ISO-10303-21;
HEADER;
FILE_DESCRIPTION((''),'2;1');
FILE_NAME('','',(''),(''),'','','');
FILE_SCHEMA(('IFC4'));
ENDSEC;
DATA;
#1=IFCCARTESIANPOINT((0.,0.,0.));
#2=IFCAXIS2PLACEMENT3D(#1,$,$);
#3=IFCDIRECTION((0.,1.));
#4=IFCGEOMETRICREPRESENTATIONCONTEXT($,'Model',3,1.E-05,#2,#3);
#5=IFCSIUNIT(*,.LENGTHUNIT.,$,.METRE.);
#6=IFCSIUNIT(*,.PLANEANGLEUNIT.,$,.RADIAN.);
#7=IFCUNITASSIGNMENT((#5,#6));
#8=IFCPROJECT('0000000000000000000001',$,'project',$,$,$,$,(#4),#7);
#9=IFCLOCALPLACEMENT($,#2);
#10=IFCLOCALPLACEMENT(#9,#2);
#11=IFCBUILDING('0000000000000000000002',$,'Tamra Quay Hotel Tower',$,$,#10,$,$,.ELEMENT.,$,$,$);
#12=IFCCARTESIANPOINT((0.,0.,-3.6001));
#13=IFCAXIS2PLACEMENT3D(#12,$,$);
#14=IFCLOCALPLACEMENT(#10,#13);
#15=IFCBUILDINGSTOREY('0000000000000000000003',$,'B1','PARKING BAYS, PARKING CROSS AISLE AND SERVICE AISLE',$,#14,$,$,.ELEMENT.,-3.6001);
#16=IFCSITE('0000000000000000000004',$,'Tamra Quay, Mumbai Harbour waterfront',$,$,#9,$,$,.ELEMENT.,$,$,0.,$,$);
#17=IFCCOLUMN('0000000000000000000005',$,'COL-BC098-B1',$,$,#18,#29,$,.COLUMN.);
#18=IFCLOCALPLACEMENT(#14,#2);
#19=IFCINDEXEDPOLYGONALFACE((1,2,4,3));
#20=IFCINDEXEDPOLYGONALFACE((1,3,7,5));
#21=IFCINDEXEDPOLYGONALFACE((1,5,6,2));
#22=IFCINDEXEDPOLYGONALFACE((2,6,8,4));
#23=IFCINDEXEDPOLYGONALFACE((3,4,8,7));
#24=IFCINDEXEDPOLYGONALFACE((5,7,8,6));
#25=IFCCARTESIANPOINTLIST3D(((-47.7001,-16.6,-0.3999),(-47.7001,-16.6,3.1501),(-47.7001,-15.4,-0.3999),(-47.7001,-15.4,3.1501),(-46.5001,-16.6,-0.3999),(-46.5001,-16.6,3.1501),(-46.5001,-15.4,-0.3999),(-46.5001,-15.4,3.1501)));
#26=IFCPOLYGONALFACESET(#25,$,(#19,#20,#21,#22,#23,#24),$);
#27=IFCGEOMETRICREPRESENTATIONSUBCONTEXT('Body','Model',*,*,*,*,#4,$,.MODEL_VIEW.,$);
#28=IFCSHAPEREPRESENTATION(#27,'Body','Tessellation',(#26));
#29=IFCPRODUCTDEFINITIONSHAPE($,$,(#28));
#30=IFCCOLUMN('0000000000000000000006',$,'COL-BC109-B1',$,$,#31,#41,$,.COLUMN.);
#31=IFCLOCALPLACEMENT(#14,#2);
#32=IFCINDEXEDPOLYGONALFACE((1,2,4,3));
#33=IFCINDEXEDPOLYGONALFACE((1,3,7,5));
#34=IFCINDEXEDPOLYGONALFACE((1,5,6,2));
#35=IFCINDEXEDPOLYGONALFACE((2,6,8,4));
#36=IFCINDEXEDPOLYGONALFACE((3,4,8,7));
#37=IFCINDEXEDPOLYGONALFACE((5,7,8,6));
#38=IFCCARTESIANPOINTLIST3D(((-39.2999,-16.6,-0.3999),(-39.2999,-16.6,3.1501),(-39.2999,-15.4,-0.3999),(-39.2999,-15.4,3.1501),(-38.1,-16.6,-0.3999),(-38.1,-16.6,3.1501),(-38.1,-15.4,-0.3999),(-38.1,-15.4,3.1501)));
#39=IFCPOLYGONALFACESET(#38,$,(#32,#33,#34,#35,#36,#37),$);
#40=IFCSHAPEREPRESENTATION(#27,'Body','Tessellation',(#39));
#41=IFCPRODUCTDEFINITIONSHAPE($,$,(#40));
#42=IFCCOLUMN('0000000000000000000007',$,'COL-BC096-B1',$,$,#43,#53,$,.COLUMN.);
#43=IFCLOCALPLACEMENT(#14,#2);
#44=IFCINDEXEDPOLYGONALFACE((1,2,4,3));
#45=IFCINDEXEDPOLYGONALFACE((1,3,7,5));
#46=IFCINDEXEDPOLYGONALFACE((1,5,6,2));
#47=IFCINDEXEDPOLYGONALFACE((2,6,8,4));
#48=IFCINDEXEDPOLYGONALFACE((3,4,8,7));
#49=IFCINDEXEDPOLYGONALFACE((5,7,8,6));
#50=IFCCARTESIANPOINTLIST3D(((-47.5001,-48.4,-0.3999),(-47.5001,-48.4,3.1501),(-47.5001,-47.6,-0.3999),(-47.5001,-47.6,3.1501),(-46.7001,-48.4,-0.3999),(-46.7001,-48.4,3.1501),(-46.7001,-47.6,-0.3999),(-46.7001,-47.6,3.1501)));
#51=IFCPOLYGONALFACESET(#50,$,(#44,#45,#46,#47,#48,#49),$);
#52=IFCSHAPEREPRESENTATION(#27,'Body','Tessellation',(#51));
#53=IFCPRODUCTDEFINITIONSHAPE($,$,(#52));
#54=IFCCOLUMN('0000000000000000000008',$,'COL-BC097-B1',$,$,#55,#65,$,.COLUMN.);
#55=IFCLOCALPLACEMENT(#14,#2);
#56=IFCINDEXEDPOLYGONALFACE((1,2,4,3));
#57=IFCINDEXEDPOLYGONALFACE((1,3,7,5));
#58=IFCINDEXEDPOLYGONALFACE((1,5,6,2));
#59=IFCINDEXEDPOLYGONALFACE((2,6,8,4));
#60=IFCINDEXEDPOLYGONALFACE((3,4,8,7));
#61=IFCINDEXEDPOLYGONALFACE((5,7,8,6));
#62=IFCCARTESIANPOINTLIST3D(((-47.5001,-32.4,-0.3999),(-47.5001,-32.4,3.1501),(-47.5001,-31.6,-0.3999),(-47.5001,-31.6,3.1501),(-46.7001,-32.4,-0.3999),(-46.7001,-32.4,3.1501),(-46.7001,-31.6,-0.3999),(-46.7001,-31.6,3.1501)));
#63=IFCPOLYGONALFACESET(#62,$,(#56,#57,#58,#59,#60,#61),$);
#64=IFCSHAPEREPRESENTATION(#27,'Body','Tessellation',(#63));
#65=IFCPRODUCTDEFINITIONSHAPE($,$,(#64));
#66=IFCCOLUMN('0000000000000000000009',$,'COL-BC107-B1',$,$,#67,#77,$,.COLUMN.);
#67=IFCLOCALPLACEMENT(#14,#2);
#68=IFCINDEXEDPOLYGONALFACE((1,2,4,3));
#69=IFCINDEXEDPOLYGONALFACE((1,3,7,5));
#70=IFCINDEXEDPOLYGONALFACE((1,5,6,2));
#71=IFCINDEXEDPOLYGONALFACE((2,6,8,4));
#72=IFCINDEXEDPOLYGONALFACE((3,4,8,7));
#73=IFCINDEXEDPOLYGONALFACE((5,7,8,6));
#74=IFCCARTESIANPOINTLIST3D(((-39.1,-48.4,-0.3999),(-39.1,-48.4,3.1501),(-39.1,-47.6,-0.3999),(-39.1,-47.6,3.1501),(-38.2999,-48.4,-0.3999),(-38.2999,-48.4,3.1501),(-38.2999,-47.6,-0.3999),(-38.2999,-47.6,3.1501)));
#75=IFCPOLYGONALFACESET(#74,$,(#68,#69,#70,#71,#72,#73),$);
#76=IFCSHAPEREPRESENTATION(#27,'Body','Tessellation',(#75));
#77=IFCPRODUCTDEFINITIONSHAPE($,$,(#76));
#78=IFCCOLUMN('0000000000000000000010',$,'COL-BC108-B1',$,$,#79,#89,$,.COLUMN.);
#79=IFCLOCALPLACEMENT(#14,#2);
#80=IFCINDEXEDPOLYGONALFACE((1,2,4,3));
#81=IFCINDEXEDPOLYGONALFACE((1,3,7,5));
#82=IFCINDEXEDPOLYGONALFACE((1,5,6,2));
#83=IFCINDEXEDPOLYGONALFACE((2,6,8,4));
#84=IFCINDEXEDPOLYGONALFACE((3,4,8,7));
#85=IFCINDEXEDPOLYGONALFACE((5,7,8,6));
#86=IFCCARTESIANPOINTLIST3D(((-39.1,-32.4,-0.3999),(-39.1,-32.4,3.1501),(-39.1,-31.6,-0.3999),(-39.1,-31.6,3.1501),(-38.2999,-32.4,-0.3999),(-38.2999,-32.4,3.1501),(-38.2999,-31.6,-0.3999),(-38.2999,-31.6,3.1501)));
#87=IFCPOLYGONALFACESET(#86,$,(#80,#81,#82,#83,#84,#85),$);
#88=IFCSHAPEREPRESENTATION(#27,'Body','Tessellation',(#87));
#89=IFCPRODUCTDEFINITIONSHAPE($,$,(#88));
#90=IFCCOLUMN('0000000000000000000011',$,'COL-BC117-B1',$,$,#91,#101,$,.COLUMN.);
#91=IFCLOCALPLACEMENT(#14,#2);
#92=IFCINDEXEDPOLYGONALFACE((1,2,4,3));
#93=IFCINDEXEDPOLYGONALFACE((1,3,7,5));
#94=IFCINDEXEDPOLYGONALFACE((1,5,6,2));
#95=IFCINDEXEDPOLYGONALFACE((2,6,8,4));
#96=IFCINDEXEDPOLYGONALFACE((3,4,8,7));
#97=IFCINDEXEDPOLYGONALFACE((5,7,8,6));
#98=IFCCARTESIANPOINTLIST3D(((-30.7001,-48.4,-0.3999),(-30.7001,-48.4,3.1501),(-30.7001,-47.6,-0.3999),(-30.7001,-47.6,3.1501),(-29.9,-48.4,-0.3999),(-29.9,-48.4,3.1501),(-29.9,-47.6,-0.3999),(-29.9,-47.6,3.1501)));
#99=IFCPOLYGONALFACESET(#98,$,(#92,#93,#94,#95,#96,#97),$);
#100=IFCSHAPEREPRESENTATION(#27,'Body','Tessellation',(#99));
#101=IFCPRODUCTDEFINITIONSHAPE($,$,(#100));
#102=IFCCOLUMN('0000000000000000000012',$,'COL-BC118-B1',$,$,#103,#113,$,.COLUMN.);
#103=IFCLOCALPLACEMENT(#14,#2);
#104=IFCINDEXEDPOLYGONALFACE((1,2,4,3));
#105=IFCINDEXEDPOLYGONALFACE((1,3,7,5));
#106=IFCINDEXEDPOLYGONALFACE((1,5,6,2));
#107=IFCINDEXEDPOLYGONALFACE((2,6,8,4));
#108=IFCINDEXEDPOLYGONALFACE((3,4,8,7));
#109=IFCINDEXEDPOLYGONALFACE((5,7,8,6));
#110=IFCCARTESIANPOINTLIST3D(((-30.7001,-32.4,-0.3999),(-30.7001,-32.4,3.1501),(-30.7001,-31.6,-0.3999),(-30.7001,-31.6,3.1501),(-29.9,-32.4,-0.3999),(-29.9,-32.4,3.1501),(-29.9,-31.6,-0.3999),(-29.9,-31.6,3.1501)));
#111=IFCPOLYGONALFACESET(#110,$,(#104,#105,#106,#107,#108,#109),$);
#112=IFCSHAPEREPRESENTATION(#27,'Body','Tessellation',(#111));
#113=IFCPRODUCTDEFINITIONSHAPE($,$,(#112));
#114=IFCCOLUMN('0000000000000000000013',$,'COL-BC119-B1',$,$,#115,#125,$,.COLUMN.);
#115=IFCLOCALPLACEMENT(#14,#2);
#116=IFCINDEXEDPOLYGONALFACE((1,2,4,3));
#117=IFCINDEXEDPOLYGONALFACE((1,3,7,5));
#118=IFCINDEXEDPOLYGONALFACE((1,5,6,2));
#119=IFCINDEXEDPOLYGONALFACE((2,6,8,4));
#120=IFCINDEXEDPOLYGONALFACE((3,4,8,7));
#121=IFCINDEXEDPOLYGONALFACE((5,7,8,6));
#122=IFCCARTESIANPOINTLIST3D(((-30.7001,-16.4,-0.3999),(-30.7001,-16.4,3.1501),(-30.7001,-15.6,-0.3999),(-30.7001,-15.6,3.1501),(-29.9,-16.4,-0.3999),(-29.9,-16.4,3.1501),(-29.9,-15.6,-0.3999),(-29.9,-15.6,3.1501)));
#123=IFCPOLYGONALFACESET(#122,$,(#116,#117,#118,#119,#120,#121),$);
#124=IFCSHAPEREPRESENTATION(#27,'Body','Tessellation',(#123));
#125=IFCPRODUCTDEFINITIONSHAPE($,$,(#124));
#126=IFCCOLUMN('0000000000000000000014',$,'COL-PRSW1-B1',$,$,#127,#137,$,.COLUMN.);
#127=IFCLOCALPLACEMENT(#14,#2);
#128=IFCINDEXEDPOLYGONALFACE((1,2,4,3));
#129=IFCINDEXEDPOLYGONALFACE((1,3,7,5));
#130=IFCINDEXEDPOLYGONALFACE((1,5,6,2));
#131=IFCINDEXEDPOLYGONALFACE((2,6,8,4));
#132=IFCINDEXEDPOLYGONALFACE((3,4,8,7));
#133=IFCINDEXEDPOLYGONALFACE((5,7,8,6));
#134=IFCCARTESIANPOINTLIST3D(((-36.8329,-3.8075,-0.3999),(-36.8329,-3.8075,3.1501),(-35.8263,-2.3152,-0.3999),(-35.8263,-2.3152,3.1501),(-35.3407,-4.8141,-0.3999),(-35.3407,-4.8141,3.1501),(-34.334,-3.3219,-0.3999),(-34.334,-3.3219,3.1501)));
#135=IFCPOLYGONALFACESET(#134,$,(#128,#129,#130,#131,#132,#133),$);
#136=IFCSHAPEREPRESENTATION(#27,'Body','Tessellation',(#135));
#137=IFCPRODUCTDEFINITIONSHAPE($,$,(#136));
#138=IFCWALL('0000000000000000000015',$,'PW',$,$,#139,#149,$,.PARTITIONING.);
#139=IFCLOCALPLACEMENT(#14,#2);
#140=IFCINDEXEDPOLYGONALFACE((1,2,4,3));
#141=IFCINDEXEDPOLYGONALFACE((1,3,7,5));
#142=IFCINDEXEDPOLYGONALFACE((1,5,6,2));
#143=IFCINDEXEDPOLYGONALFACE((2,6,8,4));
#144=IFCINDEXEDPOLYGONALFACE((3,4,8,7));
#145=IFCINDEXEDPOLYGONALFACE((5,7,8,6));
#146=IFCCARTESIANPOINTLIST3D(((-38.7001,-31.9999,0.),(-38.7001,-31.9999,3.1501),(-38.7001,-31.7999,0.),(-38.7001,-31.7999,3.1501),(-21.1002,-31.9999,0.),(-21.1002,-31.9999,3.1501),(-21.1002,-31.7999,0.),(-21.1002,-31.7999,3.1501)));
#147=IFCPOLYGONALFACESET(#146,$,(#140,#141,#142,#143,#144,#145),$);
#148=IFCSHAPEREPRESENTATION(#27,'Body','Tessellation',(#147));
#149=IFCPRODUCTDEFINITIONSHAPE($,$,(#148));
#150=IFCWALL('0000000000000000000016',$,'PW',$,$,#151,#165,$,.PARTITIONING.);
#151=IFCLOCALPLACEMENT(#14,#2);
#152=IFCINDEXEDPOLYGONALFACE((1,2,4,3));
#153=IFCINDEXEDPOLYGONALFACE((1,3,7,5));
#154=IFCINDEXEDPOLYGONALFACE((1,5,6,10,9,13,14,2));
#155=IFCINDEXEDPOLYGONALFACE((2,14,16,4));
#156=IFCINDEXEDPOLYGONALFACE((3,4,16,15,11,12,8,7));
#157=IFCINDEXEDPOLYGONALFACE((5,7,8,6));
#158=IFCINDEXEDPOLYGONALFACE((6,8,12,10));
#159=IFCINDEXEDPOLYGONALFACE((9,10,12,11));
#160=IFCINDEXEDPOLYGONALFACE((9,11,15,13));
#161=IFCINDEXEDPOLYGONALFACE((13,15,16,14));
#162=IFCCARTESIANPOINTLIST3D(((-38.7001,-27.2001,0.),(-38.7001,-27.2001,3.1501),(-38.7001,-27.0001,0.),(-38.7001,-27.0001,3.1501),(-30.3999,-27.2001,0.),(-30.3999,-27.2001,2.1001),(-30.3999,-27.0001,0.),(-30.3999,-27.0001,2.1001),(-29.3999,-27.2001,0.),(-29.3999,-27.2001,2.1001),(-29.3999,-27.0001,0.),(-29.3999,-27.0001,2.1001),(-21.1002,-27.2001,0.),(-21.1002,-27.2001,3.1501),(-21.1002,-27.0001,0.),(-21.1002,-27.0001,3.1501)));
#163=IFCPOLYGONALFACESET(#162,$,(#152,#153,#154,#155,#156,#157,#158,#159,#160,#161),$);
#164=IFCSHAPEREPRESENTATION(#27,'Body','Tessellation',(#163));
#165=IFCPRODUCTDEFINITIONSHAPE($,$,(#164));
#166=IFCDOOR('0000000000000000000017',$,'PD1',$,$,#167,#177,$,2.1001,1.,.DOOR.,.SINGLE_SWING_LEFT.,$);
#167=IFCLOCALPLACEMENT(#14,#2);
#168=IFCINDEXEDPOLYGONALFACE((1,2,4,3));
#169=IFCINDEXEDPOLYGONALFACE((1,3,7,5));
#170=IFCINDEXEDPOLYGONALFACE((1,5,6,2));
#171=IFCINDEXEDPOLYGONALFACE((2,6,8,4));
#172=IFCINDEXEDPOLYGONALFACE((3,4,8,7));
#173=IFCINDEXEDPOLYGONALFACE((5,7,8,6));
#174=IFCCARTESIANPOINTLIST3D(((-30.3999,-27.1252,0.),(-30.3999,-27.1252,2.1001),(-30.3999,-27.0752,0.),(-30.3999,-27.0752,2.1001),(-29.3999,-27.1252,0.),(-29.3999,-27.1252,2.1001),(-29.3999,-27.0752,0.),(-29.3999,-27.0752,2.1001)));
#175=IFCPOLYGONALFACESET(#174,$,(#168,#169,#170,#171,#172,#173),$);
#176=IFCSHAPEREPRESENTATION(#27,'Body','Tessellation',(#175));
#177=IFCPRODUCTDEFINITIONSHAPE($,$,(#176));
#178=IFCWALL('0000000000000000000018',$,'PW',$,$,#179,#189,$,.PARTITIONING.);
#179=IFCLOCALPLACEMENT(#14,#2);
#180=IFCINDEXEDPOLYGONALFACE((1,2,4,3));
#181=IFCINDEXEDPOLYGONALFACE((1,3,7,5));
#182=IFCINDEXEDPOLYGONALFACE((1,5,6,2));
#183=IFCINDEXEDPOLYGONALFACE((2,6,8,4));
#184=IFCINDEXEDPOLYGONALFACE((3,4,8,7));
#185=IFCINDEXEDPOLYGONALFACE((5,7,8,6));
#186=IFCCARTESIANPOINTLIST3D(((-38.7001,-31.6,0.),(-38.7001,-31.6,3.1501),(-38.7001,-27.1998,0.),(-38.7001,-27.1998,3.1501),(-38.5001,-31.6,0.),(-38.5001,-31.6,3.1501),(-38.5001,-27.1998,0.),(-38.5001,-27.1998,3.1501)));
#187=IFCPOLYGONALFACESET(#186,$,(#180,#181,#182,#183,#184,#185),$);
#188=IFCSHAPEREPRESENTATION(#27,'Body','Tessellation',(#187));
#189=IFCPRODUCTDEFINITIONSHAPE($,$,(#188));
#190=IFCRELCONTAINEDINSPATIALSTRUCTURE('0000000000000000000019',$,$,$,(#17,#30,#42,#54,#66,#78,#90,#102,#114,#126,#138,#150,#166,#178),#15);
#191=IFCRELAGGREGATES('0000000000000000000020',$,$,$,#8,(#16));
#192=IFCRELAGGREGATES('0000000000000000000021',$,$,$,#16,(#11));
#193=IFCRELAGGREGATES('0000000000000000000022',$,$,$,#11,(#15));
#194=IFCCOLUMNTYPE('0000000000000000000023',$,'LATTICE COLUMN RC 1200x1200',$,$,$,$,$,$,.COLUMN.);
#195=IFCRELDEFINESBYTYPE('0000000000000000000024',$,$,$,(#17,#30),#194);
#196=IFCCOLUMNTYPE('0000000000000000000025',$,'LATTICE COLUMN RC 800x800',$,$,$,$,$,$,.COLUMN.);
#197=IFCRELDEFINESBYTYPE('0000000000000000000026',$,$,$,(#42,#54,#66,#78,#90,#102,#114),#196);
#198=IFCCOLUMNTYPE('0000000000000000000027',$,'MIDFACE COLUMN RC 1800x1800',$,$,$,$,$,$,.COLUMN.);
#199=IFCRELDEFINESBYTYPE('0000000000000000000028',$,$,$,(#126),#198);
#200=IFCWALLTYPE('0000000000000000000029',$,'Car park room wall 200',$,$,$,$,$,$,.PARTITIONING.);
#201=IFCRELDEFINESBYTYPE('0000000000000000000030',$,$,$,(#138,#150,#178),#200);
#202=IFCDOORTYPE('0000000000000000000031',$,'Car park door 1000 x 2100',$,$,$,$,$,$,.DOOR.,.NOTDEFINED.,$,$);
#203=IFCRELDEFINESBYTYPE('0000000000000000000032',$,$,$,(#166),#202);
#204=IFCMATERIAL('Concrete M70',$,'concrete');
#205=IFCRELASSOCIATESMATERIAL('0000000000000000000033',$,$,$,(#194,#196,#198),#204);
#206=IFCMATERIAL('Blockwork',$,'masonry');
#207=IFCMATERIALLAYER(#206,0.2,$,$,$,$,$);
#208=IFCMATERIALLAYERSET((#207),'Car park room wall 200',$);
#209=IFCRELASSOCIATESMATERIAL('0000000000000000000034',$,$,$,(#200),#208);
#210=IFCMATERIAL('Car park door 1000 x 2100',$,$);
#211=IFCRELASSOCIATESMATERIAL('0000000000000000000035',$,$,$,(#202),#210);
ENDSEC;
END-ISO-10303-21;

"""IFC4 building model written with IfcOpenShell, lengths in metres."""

from ifc_helpers import new_model, si_unit, direction, frame, frame_2d, origin, origin_2d, place, context, subcontext, project, spatial, rectangle, extrude, material, layer, layer_set, material_profile, profile_set, type_object, element, fill, save


model = new_model("IFC4")

# Units and contexts
model_context = context("Model", 3, precision=1e-05, world=origin(), true_north=direction((0.0, 1.0)))
body_context = subcontext(model_context, "Body", "Model", "MODEL_VIEW")
ifc_project = project(units=[si_unit("LENGTHUNIT", "METRE"), si_unit("PLANEANGLEUNIT", "RADIAN")], contexts=[model_context])

# Site, building, storey
site_placement = place(None, origin())
site = spatial("IfcSite", under=ifc_project, at=site_placement, Name="Tamra Quay, Mumbai Harbour waterfront", CompositionType="ELEMENT", RefElevation=0.0)
building_placement = place(site_placement, origin())
building = spatial("IfcBuilding", under=site, at=building_placement, Name="Tamra Quay Hotel Tower", CompositionType="ELEMENT")
storey_placement = place(building_placement, frame((0.0, 0.0, -3.6001)))
storey = spatial("IfcBuildingStorey", under=building, at=storey_placement, Name="B1", Description="PARKING BAYS, PARKING CROSS AISLE AND SERVICE AISLE", CompositionType="ELEMENT", Elevation=-3.6001)

# Columns
ifc_material_1 = material(Name="Concrete M70", Category="concrete")
ifc_material_profile_1 = material_profile(ifc_material_1, rectangle(XDim=1.2, YDim=1.2, at=origin_2d()), Name="LATTICE COLUMN RC 1200x1200")
ifc_profile_set_1 = profile_set([ifc_material_profile_1], Name="Concrete M70")
column_type_1 = type_object("IfcColumnType", Name="LATTICE COLUMN RC 1200x1200", PredefinedType="COLUMN", material=ifc_profile_set_1)
for number, where, z_axis, x_axis, name in (
    (1, (-47.1001, -16.0, -0.3999), (0.0, 0.0, 1.0), (1.0, 0.0, 0.0), "COL-BC098-B1"),
    (2, (-38.7, -16.0, -0.3999), (0.0, 0.0, 1.0), (1.0, 0.0, 0.0), "COL-BC109-B1"),
):
    element("IfcColumn", number, at=place(storey_placement, frame(where, z_axis=z_axis, x_axis=x_axis)), inside=storey, type_object=column_type_1, Name=name, PredefinedType="COLUMN", context=body_context, shape_type="SweptSolid", body=[
        extrude(rectangle(XDim=1.2, YDim=1.2, at=origin_2d()), origin(), (0.0, 0.0, 1.0), 3.55),
    ])
ifc_material_profile_2 = material_profile(ifc_material_1, rectangle(XDim=0.8, YDim=0.8, at=origin_2d()), Name="LATTICE COLUMN RC 800x800")
ifc_profile_set_2 = profile_set([ifc_material_profile_2], Name="Concrete M70")
column_type_2 = type_object("IfcColumnType", Name="LATTICE COLUMN RC 800x800", PredefinedType="COLUMN", material=ifc_profile_set_2)
for number, where, z_axis, x_axis, name in (
    (3, (-47.1001, -48.0, -0.3999), (0.0, 0.0, 1.0), (1.0, 0.0, 0.0), "COL-BC096-B1"),
    (4, (-47.1001, -32.0, -0.3999), (0.0, 0.0, 1.0), (1.0, 0.0, 0.0), "COL-BC097-B1"),
    (5, (-38.7, -48.0, -0.3999), (0.0, 0.0, 1.0), (1.0, 0.0, 0.0), "COL-BC107-B1"),
    (6, (-38.7, -32.0, -0.3999), (0.0, 0.0, 1.0), (1.0, 0.0, 0.0), "COL-BC108-B1"),
    (7, (-30.3, -48.0, -0.3999), (0.0, 0.0, 1.0), (1.0, 0.0, 0.0), "COL-BC117-B1"),
    (8, (-30.3, -32.0, -0.3999), (0.0, 0.0, 1.0), (1.0, 0.0, 0.0), "COL-BC118-B1"),
    (9, (-30.3, -16.0, -0.3999), (0.0, 0.0, 1.0), (1.0, 0.0, 0.0), "COL-BC119-B1"),
):
    element("IfcColumn", number, at=place(storey_placement, frame(where, z_axis=z_axis, x_axis=x_axis)), inside=storey, type_object=column_type_2, Name=name, PredefinedType="COLUMN", context=body_context, shape_type="SweptSolid", body=[
        extrude(rectangle(XDim=0.8, YDim=0.8, at=origin_2d()), origin(), (0.0, 0.0, 1.0), 3.55),
    ])
ifc_material_profile_3 = material_profile(ifc_material_1, rectangle(XDim=1.8, YDim=1.8, at=origin_2d()), Name="MIDFACE COLUMN RC 1800x1800")
ifc_profile_set_3 = profile_set([ifc_material_profile_3], Name="Concrete M70")
column_type_3 = type_object("IfcColumnType", Name="MIDFACE COLUMN RC 1800x1800", PredefinedType="COLUMN", material=ifc_profile_set_3)
column_placement = place(storey_placement, frame((-35.5835, -3.5647, -0.3999), z_axis=(0.0, 0.0, 1.0), x_axis=(0.55922, 0.829019, 0.0)))
element("IfcColumn", 10, at=column_placement, inside=storey, type_object=column_type_3, Name="COL-PRSW1-B1", PredefinedType="COLUMN", context=body_context, shape_type="SweptSolid", body=[
    extrude(rectangle(XDim=1.8, YDim=1.8, at=origin_2d()), origin(), (0.0, 0.0, 1.0), 3.55),
])

# Wall
ifc_material_2 = material(Name="Blockwork", Category="masonry")
ifc_layer_1 = layer(ifc_material_2, 0.2)
ifc_layer_set_1 = layer_set([ifc_layer_1], Name="Car park room wall 200")
wall_type_1 = type_object("IfcWallType", Name="Car park room wall 200", PredefinedType="PARTITIONING", material=ifc_layer_set_1)
wall_1_placement = place(storey_placement, frame((-38.7, -31.8999, 0.0), z_axis=(0.0, 0.0, 1.0), x_axis=(1.0, 0.0, 0.0)))
element("IfcWall", 11, at=wall_1_placement, inside=storey, type_object=wall_type_1, Name="PW", PredefinedType="PARTITIONING", context=body_context, shape_type="SweptSolid", body=[
    extrude(rectangle(XDim=17.5999, YDim=0.2, at=frame_2d((8.7998, 0.0))), origin(), (0.0, 0.0, 1.0), 3.1501),
])

# Wall, opening, door
wall_2_placement = place(storey_placement, frame((-38.7, -27.1001, 0.0), z_axis=(0.0, 0.0, 1.0), x_axis=(1.0, 0.0, 0.0)))
wall_2 = element("IfcWall", 12, at=wall_2_placement, inside=storey, type_object=wall_type_1, Name="PW", PredefinedType="PARTITIONING", context=body_context, shape_type="SweptSolid", body=[
    extrude(rectangle(XDim=17.5999, YDim=0.2, at=frame_2d((8.7998, 0.0))), origin(), (0.0, 0.0, 1.0), 3.1501),
])
opening_1_placement = place(wall_2_placement, frame((8.3, 0.0, 0.0)))
opening_1 = element("IfcOpeningElement", 13, at=opening_1_placement, cuts=wall_2, PredefinedType="OPENING", context=body_context, shape_type="SweptSolid", body=[
    extrude(rectangle(XDim=1.0, YDim=2.1001, at=frame_2d((0.5, 1.05))), frame((0.0, 0.1099, 0.0), z_axis=(0.0, -1.0, 0.0), x_axis=(1.0, 0.0, 0.0)), (0.0, 0.0, 1.0), 0.22),
])
ifc_material_3 = material(Name="Car park door 1000 x 2100")
door_type_1 = type_object("IfcDoorType", Name="Car park door 1000 x 2100", OperationType="NOTDEFINED", PredefinedType="DOOR", material=ifc_material_3)
door_1_placement = place(opening_1_placement, origin())
door_1 = element("IfcDoor", 14, at=door_1_placement, inside=storey, type_object=door_type_1, Name="PD1", OperationType="SINGLE_SWING_LEFT", OverallHeight=2.1001, OverallWidth=1.0, PredefinedType="DOOR", context=body_context, shape_type="SweptSolid", body=[
    extrude(rectangle(XDim=1.0, YDim=2.1001, at=frame_2d((0.5, 1.05))), frame((0.0, 0.0249, 0.0), z_axis=(0.0, -1.0, 0.0), x_axis=(1.0, 0.0, 0.0)), (0.0, 0.0, 1.0), 0.05),
])
fill(opening_1, door_1)

# Wall
wall_3_placement = place(storey_placement, frame((-38.6001, -31.6001, 0.0), z_axis=(0.0, 0.0, 1.0), x_axis=(0.0, 1.0, 0.0)))
element("IfcWall", 15, at=wall_3_placement, inside=storey, type_object=wall_type_1, Name="PW", PredefinedType="PARTITIONING", context=body_context, shape_type="SweptSolid", body=[
    extrude(rectangle(XDim=4.4001, YDim=0.2, at=frame_2d((2.2002, 0.0))), origin(), (0.0, 0.0, 1.0), 3.1501),
])

save(model, "model.ifc")
